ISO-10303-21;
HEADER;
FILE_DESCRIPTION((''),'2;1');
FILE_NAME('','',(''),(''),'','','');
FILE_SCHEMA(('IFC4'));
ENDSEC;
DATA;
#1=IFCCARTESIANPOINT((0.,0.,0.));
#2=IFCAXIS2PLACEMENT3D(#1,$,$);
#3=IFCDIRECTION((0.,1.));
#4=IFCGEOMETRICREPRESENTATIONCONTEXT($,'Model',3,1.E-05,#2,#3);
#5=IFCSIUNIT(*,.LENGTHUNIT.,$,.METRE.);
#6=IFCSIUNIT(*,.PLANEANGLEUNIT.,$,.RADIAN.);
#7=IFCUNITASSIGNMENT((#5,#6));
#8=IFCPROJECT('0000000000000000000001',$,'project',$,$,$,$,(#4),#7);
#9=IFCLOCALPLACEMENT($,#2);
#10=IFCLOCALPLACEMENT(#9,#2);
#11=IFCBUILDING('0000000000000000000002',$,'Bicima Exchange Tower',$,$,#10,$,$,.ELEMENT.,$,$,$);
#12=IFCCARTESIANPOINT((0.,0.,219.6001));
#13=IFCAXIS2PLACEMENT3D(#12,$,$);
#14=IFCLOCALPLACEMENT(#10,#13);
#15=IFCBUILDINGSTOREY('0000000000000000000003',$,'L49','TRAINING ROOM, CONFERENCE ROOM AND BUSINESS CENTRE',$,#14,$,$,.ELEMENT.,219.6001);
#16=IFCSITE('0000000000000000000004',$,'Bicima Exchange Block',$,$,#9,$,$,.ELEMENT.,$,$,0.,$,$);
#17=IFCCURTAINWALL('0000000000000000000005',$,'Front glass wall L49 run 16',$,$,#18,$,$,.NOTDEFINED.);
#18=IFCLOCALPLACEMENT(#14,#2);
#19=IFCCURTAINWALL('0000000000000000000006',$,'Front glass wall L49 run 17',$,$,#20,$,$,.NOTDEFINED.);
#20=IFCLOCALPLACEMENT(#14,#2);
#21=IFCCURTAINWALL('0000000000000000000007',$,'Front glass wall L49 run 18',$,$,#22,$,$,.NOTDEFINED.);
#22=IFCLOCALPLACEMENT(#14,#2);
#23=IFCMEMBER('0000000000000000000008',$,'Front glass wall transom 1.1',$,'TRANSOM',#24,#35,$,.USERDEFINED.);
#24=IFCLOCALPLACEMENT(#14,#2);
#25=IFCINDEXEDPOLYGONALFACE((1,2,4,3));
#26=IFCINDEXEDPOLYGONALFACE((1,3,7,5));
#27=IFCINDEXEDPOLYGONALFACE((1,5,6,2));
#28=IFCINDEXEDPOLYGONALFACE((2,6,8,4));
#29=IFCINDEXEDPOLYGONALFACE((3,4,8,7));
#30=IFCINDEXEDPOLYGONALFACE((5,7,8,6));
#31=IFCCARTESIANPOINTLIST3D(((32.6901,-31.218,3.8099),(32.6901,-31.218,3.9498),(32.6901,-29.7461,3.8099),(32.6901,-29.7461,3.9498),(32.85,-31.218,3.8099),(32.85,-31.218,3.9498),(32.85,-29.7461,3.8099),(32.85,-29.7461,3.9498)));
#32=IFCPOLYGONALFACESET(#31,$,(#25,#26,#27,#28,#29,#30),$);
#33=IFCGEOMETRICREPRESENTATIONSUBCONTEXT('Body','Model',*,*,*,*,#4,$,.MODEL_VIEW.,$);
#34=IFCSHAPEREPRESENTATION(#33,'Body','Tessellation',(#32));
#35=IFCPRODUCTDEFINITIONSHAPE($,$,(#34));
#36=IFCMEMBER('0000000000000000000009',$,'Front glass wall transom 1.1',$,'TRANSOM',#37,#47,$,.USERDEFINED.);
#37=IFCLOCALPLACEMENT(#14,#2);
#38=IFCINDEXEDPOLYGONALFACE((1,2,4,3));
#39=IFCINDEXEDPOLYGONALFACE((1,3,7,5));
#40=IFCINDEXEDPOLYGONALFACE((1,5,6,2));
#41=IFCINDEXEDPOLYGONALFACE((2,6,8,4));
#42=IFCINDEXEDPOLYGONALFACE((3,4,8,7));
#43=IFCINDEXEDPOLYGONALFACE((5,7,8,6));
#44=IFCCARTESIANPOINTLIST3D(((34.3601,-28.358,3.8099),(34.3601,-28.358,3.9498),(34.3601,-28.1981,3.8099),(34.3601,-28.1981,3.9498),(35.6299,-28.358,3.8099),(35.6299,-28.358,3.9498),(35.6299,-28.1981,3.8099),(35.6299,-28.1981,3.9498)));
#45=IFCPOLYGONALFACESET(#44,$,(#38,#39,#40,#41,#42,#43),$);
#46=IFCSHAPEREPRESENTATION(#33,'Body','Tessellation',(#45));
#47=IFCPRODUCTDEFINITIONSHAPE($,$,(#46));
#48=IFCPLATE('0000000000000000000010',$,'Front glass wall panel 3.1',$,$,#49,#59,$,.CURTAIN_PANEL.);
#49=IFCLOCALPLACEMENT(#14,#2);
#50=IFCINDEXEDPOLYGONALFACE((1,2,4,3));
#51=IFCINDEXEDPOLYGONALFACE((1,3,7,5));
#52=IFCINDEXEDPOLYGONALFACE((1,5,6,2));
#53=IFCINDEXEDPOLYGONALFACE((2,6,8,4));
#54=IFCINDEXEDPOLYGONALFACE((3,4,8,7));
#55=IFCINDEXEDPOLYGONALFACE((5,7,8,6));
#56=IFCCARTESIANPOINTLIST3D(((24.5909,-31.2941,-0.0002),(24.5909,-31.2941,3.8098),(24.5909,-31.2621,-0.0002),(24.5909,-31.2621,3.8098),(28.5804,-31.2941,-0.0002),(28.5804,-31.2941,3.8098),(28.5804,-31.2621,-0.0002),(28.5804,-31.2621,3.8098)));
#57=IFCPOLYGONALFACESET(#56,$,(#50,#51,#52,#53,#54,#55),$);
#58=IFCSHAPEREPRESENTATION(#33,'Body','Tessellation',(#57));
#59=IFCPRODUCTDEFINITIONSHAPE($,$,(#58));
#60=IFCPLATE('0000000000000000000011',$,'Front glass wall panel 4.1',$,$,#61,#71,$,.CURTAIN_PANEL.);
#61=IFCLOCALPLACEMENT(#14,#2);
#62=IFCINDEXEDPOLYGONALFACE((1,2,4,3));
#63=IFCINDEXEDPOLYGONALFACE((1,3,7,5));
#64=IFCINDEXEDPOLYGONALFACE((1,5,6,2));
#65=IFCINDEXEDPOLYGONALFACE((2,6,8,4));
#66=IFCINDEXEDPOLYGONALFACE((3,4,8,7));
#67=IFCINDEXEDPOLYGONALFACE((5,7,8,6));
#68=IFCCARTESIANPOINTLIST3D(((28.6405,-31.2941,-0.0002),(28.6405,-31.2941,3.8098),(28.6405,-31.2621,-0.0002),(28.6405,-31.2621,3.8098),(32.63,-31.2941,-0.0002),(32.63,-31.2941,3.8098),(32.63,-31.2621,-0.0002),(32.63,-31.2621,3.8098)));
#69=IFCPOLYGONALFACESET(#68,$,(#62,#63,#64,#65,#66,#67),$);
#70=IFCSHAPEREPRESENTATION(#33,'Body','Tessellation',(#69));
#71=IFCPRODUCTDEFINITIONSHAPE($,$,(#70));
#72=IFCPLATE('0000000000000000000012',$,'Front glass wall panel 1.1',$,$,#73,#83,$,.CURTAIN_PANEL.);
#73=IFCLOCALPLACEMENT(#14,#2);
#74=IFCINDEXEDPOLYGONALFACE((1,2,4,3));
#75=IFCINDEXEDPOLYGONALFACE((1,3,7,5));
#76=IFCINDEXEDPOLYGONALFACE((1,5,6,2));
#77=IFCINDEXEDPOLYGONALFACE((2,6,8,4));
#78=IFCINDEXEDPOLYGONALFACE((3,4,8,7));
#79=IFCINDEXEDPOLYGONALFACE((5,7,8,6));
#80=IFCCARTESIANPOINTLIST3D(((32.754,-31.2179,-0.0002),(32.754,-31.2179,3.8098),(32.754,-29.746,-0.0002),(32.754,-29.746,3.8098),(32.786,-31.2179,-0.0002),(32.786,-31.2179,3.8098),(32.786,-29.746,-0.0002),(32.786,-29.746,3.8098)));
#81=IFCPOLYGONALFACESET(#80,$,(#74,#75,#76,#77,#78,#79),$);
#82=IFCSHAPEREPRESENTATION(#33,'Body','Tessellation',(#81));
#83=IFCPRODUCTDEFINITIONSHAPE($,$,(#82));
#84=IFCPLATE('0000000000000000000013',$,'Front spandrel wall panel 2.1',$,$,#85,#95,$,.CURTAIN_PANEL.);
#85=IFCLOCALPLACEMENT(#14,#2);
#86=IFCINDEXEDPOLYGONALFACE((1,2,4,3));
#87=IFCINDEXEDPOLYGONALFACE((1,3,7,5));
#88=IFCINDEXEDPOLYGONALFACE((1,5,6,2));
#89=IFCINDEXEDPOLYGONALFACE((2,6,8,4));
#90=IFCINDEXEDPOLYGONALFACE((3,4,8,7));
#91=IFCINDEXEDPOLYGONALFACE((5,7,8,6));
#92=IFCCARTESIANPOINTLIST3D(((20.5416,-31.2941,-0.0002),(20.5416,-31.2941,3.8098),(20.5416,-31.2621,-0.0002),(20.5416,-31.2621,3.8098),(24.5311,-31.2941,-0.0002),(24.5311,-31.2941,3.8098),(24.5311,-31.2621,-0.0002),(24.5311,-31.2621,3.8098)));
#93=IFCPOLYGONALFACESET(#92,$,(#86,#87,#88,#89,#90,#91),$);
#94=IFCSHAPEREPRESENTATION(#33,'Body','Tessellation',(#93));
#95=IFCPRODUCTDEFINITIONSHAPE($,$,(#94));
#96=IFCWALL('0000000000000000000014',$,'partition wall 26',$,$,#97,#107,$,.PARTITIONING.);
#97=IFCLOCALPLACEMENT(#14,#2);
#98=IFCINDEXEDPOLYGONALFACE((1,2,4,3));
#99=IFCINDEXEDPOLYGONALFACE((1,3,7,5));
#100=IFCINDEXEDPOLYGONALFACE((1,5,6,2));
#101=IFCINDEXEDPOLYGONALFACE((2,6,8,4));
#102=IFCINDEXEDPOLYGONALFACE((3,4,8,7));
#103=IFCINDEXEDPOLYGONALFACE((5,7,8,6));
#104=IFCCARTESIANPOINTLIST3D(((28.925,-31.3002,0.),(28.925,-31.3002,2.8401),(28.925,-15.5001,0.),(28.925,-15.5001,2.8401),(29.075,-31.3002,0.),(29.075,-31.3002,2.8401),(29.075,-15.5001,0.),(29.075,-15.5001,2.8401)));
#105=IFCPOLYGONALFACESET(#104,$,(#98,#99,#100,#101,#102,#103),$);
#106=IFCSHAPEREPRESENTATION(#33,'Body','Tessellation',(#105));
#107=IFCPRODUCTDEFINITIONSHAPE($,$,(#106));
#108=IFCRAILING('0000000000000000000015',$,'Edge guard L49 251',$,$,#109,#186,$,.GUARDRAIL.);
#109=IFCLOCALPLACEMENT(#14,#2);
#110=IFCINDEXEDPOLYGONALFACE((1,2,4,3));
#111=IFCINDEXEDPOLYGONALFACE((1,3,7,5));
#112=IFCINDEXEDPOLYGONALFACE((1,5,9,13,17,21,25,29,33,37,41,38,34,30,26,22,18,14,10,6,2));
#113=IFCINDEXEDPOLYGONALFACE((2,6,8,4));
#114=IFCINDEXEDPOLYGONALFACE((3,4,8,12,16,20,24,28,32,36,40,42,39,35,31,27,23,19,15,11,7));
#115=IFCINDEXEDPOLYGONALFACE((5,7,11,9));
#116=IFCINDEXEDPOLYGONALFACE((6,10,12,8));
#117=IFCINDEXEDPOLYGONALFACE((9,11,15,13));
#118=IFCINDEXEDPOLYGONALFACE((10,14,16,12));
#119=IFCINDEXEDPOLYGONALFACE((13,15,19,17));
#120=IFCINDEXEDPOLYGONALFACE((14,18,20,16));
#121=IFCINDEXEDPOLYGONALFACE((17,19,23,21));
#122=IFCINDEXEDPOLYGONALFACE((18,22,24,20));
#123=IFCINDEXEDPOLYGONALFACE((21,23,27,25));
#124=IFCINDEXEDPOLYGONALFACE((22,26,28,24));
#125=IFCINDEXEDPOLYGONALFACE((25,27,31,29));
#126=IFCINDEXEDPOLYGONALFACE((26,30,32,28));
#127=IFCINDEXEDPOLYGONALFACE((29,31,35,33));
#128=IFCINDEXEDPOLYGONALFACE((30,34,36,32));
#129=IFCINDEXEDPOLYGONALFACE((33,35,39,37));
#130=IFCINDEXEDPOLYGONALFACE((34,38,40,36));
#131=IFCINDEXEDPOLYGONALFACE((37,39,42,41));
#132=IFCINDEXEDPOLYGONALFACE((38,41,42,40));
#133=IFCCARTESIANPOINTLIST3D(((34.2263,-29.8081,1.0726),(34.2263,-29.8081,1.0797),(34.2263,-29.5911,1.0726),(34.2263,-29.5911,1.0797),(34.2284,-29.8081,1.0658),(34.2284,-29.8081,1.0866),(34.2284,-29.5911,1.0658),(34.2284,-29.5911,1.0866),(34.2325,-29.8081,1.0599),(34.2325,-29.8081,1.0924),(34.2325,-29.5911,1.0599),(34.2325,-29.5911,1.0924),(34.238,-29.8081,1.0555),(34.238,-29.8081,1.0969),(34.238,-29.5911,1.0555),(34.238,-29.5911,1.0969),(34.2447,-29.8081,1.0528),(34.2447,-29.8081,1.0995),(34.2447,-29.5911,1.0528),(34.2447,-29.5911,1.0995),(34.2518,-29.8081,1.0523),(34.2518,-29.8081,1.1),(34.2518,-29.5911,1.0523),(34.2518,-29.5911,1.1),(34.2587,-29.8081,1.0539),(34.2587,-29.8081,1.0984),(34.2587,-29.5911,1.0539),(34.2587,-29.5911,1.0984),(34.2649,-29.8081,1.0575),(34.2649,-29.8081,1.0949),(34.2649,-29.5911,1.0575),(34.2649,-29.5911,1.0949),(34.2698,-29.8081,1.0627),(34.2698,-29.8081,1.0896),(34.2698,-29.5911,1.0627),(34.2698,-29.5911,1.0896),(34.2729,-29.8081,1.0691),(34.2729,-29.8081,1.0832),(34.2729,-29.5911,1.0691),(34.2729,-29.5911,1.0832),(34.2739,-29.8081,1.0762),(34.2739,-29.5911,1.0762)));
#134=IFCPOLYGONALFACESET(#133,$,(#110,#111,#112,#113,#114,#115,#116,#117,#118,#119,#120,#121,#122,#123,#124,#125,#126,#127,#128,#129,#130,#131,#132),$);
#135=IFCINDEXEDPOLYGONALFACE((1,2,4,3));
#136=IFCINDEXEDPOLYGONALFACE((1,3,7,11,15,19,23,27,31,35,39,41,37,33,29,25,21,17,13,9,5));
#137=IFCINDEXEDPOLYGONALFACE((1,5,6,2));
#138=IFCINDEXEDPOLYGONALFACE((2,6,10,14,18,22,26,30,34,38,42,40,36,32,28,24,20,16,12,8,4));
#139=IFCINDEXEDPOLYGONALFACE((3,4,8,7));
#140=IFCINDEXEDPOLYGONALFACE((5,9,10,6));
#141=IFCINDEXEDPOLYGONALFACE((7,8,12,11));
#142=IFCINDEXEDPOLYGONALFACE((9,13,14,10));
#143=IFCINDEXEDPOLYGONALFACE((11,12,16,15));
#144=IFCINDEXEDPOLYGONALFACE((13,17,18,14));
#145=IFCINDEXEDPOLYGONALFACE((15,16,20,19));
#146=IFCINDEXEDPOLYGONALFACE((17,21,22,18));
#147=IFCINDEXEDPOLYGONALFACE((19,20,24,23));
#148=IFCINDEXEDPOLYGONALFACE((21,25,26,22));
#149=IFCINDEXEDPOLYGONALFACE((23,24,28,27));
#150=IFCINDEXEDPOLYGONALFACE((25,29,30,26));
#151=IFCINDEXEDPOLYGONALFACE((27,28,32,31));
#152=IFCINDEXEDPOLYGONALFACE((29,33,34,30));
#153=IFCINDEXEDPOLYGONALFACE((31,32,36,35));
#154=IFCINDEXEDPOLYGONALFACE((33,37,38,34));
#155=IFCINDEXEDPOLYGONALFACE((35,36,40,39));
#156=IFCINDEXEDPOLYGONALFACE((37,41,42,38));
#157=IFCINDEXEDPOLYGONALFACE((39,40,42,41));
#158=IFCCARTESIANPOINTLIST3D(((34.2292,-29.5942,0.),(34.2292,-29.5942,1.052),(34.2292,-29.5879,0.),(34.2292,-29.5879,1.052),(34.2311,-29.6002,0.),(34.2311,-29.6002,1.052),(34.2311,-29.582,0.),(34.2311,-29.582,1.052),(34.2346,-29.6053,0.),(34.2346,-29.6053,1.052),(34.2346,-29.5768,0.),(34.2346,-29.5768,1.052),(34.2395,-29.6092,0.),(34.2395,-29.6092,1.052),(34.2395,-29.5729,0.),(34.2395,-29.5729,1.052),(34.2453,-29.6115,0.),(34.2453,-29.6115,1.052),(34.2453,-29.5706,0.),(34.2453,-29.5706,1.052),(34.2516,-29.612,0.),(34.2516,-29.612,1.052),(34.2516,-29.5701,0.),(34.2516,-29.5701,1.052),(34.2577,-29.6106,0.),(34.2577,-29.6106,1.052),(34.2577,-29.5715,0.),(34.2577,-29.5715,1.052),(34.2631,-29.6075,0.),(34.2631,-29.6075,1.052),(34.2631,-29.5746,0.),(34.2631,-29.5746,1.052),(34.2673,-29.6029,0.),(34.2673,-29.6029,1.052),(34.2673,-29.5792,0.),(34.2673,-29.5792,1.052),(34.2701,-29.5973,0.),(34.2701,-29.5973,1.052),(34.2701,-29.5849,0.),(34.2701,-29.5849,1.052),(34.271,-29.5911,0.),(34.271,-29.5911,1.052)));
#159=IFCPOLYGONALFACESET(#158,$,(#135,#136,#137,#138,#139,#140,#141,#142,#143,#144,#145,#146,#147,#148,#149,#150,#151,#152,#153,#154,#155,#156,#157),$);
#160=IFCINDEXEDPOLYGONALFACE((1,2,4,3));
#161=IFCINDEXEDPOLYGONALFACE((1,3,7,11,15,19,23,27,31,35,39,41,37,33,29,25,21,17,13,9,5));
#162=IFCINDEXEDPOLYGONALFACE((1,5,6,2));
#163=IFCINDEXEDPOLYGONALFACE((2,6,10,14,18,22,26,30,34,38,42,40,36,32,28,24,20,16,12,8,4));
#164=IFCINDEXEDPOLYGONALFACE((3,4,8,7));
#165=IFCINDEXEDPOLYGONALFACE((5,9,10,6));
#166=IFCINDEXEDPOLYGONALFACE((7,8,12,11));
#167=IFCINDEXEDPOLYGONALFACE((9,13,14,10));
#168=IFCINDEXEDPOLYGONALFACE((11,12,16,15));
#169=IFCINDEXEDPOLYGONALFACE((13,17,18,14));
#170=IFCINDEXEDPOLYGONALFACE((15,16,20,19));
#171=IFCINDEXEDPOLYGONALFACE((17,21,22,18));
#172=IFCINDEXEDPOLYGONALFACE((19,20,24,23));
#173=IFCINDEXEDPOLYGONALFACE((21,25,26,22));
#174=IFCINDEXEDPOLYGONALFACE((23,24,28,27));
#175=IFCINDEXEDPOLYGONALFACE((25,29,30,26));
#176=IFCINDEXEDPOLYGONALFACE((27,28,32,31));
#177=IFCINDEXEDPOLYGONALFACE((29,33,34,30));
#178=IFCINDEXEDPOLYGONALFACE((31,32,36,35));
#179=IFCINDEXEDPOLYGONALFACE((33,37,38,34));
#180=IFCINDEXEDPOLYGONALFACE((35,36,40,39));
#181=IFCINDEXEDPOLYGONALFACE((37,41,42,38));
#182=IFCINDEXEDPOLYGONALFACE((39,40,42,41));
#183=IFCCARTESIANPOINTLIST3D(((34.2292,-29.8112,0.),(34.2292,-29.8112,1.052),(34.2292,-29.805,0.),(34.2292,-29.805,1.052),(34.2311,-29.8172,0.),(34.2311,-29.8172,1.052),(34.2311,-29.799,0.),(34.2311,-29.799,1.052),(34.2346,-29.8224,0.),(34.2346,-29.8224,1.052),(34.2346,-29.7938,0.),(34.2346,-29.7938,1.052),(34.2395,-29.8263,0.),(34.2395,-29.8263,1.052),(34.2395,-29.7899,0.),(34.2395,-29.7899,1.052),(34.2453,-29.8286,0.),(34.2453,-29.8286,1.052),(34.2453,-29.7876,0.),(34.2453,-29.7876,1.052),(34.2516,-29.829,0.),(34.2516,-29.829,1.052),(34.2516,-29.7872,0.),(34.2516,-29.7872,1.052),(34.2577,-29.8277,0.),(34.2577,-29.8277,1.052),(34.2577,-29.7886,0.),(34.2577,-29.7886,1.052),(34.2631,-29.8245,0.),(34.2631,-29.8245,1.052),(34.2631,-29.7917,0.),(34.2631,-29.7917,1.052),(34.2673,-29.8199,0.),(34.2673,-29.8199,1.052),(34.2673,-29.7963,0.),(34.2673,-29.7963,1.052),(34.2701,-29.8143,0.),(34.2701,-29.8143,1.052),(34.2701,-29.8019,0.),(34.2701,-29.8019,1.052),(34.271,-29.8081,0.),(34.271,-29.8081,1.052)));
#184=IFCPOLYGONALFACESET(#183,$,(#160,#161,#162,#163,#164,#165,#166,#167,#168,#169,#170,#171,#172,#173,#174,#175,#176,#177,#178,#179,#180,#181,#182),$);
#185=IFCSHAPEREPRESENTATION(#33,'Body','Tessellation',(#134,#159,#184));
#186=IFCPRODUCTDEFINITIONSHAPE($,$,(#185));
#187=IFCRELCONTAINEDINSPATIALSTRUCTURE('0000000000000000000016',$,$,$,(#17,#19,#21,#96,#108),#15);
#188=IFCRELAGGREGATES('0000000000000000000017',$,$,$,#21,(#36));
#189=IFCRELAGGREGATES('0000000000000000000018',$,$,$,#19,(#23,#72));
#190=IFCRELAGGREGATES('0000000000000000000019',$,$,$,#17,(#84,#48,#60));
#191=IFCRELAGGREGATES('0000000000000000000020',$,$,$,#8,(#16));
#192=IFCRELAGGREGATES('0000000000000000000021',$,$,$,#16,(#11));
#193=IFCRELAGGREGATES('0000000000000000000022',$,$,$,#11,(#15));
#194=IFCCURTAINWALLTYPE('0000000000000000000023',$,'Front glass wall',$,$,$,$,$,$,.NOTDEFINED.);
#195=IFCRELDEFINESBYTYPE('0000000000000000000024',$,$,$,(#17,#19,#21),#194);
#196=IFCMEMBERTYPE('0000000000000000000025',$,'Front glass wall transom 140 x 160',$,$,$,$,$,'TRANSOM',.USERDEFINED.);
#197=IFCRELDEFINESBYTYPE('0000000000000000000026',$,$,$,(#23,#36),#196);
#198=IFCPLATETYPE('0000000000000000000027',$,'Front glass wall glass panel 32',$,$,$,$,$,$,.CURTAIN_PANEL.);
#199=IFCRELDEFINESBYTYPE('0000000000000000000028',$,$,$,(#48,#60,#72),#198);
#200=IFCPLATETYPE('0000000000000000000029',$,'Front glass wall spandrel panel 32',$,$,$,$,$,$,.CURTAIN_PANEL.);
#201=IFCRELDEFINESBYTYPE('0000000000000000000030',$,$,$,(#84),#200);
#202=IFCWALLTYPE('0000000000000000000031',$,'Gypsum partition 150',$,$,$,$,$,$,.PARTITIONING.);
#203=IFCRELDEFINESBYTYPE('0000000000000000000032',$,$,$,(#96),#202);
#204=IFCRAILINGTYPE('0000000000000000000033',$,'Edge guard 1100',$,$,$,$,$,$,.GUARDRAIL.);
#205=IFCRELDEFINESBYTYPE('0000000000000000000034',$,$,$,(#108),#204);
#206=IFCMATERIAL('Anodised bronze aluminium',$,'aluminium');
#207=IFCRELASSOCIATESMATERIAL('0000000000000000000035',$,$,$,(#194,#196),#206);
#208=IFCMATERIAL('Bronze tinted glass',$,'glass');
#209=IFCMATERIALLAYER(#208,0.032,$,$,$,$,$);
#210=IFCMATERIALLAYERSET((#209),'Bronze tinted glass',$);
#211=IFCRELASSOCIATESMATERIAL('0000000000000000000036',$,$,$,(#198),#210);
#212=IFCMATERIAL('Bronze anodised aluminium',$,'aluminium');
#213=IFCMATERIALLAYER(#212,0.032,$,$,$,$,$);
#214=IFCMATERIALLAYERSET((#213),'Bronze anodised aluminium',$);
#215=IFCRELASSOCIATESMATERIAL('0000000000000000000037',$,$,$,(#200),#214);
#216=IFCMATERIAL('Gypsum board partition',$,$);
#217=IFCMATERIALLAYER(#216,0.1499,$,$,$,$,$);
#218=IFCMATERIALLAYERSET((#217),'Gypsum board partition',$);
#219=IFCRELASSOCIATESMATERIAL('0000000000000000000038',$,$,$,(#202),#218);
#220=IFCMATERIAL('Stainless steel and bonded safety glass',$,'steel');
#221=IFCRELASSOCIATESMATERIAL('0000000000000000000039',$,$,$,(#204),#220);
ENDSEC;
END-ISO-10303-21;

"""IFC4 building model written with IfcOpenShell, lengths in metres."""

from ifc_helpers import new_model, si_unit, direction, frame, frame_2d, origin, origin_2d, place, context, subcontext, project, spatial, rectangle, circle, extrude, material, layer, layer_set, material_profile, profile_set, type_object, element, aggregate, save


model = new_model("IFC4")

# Units and contexts
model_context = context("Model", 3, precision=1e-05, world=origin(), true_north=direction((0.0, 1.0)))
body_context = subcontext(model_context, "Body", "Model", "MODEL_VIEW")
ifc_project = project(units=[si_unit("LENGTHUNIT", "METRE"), si_unit("PLANEANGLEUNIT", "RADIAN")], contexts=[model_context])

# Site, building, storey
site_placement = place(None, origin())
site = spatial("IfcSite", under=ifc_project, at=site_placement, Name="Bicima Exchange Block", CompositionType="ELEMENT", RefElevation=0.0)
building_placement = place(site_placement, origin())
building = spatial("IfcBuilding", under=site, at=building_placement, Name="Bicima Exchange Tower", CompositionType="ELEMENT")
storey_placement = place(building_placement, frame((0.0, 0.0, 219.6001)))
storey = spatial("IfcBuildingStorey", under=building, at=storey_placement, Name="L49", Description="TRAINING ROOM, CONFERENCE ROOM AND BUSINESS CENTRE", CompositionType="ELEMENT", Elevation=219.6001)

# Curtain walls
ifc_material_1 = material(Name="Anodised bronze aluminium", Category="aluminium")
curtain_wall_type = type_object("IfcCurtainWallType", Name="Front glass wall", PredefinedType="NOTDEFINED", material=ifc_material_1)
curtain_wall_1_placement = place(storey_placement, origin())
curtain_wall_1 = element("IfcCurtainWall", 1, at=curtain_wall_1_placement, inside=storey, type_object=curtain_wall_type, Name="Front glass wall L49 run 16", PredefinedType="NOTDEFINED")
curtain_wall_2_placement = place(storey_placement, origin())
curtain_wall_2 = element("IfcCurtainWall", 2, at=curtain_wall_2_placement, inside=storey, type_object=curtain_wall_type, Name="Front glass wall L49 run 17", PredefinedType="NOTDEFINED")

# Curtain wall
curtain_wall_3_placement = place(storey_placement, origin())
curtain_wall_3 = element("IfcCurtainWall", 3, at=curtain_wall_3_placement, inside=storey, type_object=curtain_wall_type, Name="Front glass wall L49 run 18", PredefinedType="NOTDEFINED")

# Members
ifc_material_profile_1 = material_profile(ifc_material_1, rectangle(XDim=0.1599, YDim=0.1399, at=origin_2d()))
ifc_profile_set_1 = profile_set([ifc_material_profile_1], Name="Anodised bronze aluminium")
member_type_1 = type_object("IfcMemberType", Name="Front glass wall transom 140 x 160", ElementType="TRANSOM", PredefinedType="USERDEFINED", material=ifc_profile_set_1)
member_1_placement = place(storey_placement, frame((32.77, -31.218, 3.8799), z_axis=(0.0, 1.0, 0.0), x_axis=(-1.0, 0.0, 0.0)))
member_1 = element("IfcMember", 4, at=member_1_placement, type_object=member_type_1, Name="Front glass wall transom 1.1", ObjectType="TRANSOM", PredefinedType="USERDEFINED", context=body_context, shape_type="SweptSolid", body=[
    extrude(rectangle(XDim=0.1599, YDim=0.1399, at=origin_2d()), origin(), (0.0, 0.0, 1.0), 1.4719),
])
member_2_placement = place(storey_placement, frame((34.3601, -28.2781, 3.8799), z_axis=(1.0, 0.0, 0.0), x_axis=(0.0, 1.0, 0.0)))
member_2 = element("IfcMember", 5, at=member_2_placement, type_object=member_type_1, Name="Front glass wall transom 1.1", ObjectType="TRANSOM", PredefinedType="USERDEFINED", context=body_context, shape_type="SweptSolid", body=[
    extrude(rectangle(XDim=0.1599, YDim=0.1399, at=origin_2d()), origin(), (0.0, 0.0, 1.0), 1.2698),
])
aggregate(curtain_wall_3, [member_2])

# Plates
ifc_material_2 = material(Name="Bronze tinted glass", Category="glass")
ifc_layer_1 = layer(ifc_material_2, 0.032)
ifc_layer_set_1 = layer_set([ifc_layer_1], Name="Bronze tinted glass")
plate_type_1 = type_object("IfcPlateType", Name="Front glass wall glass panel 32", PredefinedType="CURTAIN_PANEL", material=ifc_layer_set_1)
plate_1_placement = place(storey_placement, frame((26.5857, -31.2781, -0.0002), z_axis=(0.0, 0.0, 1.0), x_axis=(1.0, 0.0, 0.0)))
plate_1 = element("IfcPlate", 6, at=plate_1_placement, type_object=plate_type_1, Name="Front glass wall panel 3.1", PredefinedType="CURTAIN_PANEL", context=body_context, shape_type="SweptSolid", body=[
    extrude(rectangle(XDim=3.9895, YDim=0.032, at=origin_2d()), origin(), (0.0, 0.0, 1.0), 3.8101),
])
plate_2_placement = place(storey_placement, frame((30.6353, -31.2781, -0.0002), z_axis=(0.0, 0.0, 1.0), x_axis=(1.0, 0.0, 0.0)))
plate_2 = element("IfcPlate", 7, at=plate_2_placement, type_object=plate_type_1, Name="Front glass wall panel 4.1", PredefinedType="CURTAIN_PANEL", context=body_context, shape_type="SweptSolid", body=[
    extrude(rectangle(XDim=3.9895, YDim=0.032, at=origin_2d()), origin(), (0.0, 0.0, 1.0), 3.8101),
])
plate_3_placement = place(storey_placement, frame((32.77, -30.4819, -0.0002), z_axis=(0.0, 0.0, 1.0), x_axis=(0.0, 1.0, 0.0)))
plate_3 = element("IfcPlate", 8, at=plate_3_placement, type_object=plate_type_1, Name="Front glass wall panel 1.1", PredefinedType="CURTAIN_PANEL", context=body_context, shape_type="SweptSolid", body=[
    extrude(rectangle(XDim=1.4719, YDim=0.032, at=origin_2d()), origin(), (0.0, 0.0, 1.0), 3.8101),
])
aggregate(curtain_wall_2, [member_1, plate_3])
ifc_material_3 = material(Name="Bronze anodised aluminium", Category="aluminium")
ifc_layer_2 = layer(ifc_material_3, 0.032)
ifc_layer_set_2 = layer_set([ifc_layer_2], Name="Bronze anodised aluminium")
plate_type_2 = type_object("IfcPlateType", Name="Front glass wall spandrel panel 32", PredefinedType="CURTAIN_PANEL", material=ifc_layer_set_2)
plate_4_placement = place(storey_placement, frame((22.5364, -31.2781, -0.0002), z_axis=(0.0, 0.0, 1.0), x_axis=(1.0, 0.0, 0.0)))
plate_4 = element("IfcPlate", 9, at=plate_4_placement, type_object=plate_type_2, Name="Front spandrel wall panel 2.1", PredefinedType="CURTAIN_PANEL", context=body_context, shape_type="SweptSolid", body=[
    extrude(rectangle(XDim=3.9895, YDim=0.032, at=origin_2d()), origin(), (0.0, 0.0, 1.0), 3.8101),
])
aggregate(curtain_wall_1, [plate_4, plate_1, plate_2])

# Wall
ifc_material_4 = material(Name="Gypsum board partition")
ifc_layer_3 = layer(ifc_material_4, 0.1499)
ifc_layer_set_3 = layer_set([ifc_layer_3], Name="Gypsum board partition")
wall_type = type_object("IfcWallType", Name="Gypsum partition 150", PredefinedType="PARTITIONING", material=ifc_layer_set_3)
wall_placement = place(storey_placement, frame((29.0, -31.3, 0.0), z_axis=(0.0, 0.0, 1.0), x_axis=(0.0, 1.0, 0.0)))
element("IfcWall", 10, at=wall_placement, inside=storey, type_object=wall_type, Name="partition wall 26", PredefinedType="PARTITIONING", context=body_context, shape_type="SweptSolid", body=[
    extrude(rectangle(XDim=15.8, YDim=0.1499, at=frame_2d((7.8999, 0.0))), origin(), (0.0, 0.0, 1.0), 2.8401),
])

# Railing
ifc_material_5 = material(Name="Stainless steel and bonded safety glass", Category="steel")
railing_type = type_object("IfcRailingType", Name="Edge guard 1100", PredefinedType="GUARDRAIL", material=ifc_material_5)
railing_1_placement = place(storey_placement, frame((34.25, -29.5911, 0.0)))
element("IfcRailing", 11, at=railing_1_placement, inside=storey, type_object=railing_type, Name="Edge guard L49 251", PredefinedType="GUARDRAIL", context=body_context, shape_type="SweptSolid", body=[
    extrude(circle(Radius=0.0239, at=origin_2d()), frame((0.0, 0.0, 1.0762), z_axis=(0.0, -1.0, 0.0), x_axis=(1.0, 0.0, 0.0)), (0.0, 0.0, 1.0), 0.217),
    extrude(circle(Radius=0.021, at=origin_2d()), origin(), (0.0, 0.0, 1.0), 1.052),
    extrude(circle(Radius=0.021, at=origin_2d()), frame((0.0, -0.217, 0.0)), (0.0, 0.0, 1.0), 1.052),
])

save(model, "model.ifc")
